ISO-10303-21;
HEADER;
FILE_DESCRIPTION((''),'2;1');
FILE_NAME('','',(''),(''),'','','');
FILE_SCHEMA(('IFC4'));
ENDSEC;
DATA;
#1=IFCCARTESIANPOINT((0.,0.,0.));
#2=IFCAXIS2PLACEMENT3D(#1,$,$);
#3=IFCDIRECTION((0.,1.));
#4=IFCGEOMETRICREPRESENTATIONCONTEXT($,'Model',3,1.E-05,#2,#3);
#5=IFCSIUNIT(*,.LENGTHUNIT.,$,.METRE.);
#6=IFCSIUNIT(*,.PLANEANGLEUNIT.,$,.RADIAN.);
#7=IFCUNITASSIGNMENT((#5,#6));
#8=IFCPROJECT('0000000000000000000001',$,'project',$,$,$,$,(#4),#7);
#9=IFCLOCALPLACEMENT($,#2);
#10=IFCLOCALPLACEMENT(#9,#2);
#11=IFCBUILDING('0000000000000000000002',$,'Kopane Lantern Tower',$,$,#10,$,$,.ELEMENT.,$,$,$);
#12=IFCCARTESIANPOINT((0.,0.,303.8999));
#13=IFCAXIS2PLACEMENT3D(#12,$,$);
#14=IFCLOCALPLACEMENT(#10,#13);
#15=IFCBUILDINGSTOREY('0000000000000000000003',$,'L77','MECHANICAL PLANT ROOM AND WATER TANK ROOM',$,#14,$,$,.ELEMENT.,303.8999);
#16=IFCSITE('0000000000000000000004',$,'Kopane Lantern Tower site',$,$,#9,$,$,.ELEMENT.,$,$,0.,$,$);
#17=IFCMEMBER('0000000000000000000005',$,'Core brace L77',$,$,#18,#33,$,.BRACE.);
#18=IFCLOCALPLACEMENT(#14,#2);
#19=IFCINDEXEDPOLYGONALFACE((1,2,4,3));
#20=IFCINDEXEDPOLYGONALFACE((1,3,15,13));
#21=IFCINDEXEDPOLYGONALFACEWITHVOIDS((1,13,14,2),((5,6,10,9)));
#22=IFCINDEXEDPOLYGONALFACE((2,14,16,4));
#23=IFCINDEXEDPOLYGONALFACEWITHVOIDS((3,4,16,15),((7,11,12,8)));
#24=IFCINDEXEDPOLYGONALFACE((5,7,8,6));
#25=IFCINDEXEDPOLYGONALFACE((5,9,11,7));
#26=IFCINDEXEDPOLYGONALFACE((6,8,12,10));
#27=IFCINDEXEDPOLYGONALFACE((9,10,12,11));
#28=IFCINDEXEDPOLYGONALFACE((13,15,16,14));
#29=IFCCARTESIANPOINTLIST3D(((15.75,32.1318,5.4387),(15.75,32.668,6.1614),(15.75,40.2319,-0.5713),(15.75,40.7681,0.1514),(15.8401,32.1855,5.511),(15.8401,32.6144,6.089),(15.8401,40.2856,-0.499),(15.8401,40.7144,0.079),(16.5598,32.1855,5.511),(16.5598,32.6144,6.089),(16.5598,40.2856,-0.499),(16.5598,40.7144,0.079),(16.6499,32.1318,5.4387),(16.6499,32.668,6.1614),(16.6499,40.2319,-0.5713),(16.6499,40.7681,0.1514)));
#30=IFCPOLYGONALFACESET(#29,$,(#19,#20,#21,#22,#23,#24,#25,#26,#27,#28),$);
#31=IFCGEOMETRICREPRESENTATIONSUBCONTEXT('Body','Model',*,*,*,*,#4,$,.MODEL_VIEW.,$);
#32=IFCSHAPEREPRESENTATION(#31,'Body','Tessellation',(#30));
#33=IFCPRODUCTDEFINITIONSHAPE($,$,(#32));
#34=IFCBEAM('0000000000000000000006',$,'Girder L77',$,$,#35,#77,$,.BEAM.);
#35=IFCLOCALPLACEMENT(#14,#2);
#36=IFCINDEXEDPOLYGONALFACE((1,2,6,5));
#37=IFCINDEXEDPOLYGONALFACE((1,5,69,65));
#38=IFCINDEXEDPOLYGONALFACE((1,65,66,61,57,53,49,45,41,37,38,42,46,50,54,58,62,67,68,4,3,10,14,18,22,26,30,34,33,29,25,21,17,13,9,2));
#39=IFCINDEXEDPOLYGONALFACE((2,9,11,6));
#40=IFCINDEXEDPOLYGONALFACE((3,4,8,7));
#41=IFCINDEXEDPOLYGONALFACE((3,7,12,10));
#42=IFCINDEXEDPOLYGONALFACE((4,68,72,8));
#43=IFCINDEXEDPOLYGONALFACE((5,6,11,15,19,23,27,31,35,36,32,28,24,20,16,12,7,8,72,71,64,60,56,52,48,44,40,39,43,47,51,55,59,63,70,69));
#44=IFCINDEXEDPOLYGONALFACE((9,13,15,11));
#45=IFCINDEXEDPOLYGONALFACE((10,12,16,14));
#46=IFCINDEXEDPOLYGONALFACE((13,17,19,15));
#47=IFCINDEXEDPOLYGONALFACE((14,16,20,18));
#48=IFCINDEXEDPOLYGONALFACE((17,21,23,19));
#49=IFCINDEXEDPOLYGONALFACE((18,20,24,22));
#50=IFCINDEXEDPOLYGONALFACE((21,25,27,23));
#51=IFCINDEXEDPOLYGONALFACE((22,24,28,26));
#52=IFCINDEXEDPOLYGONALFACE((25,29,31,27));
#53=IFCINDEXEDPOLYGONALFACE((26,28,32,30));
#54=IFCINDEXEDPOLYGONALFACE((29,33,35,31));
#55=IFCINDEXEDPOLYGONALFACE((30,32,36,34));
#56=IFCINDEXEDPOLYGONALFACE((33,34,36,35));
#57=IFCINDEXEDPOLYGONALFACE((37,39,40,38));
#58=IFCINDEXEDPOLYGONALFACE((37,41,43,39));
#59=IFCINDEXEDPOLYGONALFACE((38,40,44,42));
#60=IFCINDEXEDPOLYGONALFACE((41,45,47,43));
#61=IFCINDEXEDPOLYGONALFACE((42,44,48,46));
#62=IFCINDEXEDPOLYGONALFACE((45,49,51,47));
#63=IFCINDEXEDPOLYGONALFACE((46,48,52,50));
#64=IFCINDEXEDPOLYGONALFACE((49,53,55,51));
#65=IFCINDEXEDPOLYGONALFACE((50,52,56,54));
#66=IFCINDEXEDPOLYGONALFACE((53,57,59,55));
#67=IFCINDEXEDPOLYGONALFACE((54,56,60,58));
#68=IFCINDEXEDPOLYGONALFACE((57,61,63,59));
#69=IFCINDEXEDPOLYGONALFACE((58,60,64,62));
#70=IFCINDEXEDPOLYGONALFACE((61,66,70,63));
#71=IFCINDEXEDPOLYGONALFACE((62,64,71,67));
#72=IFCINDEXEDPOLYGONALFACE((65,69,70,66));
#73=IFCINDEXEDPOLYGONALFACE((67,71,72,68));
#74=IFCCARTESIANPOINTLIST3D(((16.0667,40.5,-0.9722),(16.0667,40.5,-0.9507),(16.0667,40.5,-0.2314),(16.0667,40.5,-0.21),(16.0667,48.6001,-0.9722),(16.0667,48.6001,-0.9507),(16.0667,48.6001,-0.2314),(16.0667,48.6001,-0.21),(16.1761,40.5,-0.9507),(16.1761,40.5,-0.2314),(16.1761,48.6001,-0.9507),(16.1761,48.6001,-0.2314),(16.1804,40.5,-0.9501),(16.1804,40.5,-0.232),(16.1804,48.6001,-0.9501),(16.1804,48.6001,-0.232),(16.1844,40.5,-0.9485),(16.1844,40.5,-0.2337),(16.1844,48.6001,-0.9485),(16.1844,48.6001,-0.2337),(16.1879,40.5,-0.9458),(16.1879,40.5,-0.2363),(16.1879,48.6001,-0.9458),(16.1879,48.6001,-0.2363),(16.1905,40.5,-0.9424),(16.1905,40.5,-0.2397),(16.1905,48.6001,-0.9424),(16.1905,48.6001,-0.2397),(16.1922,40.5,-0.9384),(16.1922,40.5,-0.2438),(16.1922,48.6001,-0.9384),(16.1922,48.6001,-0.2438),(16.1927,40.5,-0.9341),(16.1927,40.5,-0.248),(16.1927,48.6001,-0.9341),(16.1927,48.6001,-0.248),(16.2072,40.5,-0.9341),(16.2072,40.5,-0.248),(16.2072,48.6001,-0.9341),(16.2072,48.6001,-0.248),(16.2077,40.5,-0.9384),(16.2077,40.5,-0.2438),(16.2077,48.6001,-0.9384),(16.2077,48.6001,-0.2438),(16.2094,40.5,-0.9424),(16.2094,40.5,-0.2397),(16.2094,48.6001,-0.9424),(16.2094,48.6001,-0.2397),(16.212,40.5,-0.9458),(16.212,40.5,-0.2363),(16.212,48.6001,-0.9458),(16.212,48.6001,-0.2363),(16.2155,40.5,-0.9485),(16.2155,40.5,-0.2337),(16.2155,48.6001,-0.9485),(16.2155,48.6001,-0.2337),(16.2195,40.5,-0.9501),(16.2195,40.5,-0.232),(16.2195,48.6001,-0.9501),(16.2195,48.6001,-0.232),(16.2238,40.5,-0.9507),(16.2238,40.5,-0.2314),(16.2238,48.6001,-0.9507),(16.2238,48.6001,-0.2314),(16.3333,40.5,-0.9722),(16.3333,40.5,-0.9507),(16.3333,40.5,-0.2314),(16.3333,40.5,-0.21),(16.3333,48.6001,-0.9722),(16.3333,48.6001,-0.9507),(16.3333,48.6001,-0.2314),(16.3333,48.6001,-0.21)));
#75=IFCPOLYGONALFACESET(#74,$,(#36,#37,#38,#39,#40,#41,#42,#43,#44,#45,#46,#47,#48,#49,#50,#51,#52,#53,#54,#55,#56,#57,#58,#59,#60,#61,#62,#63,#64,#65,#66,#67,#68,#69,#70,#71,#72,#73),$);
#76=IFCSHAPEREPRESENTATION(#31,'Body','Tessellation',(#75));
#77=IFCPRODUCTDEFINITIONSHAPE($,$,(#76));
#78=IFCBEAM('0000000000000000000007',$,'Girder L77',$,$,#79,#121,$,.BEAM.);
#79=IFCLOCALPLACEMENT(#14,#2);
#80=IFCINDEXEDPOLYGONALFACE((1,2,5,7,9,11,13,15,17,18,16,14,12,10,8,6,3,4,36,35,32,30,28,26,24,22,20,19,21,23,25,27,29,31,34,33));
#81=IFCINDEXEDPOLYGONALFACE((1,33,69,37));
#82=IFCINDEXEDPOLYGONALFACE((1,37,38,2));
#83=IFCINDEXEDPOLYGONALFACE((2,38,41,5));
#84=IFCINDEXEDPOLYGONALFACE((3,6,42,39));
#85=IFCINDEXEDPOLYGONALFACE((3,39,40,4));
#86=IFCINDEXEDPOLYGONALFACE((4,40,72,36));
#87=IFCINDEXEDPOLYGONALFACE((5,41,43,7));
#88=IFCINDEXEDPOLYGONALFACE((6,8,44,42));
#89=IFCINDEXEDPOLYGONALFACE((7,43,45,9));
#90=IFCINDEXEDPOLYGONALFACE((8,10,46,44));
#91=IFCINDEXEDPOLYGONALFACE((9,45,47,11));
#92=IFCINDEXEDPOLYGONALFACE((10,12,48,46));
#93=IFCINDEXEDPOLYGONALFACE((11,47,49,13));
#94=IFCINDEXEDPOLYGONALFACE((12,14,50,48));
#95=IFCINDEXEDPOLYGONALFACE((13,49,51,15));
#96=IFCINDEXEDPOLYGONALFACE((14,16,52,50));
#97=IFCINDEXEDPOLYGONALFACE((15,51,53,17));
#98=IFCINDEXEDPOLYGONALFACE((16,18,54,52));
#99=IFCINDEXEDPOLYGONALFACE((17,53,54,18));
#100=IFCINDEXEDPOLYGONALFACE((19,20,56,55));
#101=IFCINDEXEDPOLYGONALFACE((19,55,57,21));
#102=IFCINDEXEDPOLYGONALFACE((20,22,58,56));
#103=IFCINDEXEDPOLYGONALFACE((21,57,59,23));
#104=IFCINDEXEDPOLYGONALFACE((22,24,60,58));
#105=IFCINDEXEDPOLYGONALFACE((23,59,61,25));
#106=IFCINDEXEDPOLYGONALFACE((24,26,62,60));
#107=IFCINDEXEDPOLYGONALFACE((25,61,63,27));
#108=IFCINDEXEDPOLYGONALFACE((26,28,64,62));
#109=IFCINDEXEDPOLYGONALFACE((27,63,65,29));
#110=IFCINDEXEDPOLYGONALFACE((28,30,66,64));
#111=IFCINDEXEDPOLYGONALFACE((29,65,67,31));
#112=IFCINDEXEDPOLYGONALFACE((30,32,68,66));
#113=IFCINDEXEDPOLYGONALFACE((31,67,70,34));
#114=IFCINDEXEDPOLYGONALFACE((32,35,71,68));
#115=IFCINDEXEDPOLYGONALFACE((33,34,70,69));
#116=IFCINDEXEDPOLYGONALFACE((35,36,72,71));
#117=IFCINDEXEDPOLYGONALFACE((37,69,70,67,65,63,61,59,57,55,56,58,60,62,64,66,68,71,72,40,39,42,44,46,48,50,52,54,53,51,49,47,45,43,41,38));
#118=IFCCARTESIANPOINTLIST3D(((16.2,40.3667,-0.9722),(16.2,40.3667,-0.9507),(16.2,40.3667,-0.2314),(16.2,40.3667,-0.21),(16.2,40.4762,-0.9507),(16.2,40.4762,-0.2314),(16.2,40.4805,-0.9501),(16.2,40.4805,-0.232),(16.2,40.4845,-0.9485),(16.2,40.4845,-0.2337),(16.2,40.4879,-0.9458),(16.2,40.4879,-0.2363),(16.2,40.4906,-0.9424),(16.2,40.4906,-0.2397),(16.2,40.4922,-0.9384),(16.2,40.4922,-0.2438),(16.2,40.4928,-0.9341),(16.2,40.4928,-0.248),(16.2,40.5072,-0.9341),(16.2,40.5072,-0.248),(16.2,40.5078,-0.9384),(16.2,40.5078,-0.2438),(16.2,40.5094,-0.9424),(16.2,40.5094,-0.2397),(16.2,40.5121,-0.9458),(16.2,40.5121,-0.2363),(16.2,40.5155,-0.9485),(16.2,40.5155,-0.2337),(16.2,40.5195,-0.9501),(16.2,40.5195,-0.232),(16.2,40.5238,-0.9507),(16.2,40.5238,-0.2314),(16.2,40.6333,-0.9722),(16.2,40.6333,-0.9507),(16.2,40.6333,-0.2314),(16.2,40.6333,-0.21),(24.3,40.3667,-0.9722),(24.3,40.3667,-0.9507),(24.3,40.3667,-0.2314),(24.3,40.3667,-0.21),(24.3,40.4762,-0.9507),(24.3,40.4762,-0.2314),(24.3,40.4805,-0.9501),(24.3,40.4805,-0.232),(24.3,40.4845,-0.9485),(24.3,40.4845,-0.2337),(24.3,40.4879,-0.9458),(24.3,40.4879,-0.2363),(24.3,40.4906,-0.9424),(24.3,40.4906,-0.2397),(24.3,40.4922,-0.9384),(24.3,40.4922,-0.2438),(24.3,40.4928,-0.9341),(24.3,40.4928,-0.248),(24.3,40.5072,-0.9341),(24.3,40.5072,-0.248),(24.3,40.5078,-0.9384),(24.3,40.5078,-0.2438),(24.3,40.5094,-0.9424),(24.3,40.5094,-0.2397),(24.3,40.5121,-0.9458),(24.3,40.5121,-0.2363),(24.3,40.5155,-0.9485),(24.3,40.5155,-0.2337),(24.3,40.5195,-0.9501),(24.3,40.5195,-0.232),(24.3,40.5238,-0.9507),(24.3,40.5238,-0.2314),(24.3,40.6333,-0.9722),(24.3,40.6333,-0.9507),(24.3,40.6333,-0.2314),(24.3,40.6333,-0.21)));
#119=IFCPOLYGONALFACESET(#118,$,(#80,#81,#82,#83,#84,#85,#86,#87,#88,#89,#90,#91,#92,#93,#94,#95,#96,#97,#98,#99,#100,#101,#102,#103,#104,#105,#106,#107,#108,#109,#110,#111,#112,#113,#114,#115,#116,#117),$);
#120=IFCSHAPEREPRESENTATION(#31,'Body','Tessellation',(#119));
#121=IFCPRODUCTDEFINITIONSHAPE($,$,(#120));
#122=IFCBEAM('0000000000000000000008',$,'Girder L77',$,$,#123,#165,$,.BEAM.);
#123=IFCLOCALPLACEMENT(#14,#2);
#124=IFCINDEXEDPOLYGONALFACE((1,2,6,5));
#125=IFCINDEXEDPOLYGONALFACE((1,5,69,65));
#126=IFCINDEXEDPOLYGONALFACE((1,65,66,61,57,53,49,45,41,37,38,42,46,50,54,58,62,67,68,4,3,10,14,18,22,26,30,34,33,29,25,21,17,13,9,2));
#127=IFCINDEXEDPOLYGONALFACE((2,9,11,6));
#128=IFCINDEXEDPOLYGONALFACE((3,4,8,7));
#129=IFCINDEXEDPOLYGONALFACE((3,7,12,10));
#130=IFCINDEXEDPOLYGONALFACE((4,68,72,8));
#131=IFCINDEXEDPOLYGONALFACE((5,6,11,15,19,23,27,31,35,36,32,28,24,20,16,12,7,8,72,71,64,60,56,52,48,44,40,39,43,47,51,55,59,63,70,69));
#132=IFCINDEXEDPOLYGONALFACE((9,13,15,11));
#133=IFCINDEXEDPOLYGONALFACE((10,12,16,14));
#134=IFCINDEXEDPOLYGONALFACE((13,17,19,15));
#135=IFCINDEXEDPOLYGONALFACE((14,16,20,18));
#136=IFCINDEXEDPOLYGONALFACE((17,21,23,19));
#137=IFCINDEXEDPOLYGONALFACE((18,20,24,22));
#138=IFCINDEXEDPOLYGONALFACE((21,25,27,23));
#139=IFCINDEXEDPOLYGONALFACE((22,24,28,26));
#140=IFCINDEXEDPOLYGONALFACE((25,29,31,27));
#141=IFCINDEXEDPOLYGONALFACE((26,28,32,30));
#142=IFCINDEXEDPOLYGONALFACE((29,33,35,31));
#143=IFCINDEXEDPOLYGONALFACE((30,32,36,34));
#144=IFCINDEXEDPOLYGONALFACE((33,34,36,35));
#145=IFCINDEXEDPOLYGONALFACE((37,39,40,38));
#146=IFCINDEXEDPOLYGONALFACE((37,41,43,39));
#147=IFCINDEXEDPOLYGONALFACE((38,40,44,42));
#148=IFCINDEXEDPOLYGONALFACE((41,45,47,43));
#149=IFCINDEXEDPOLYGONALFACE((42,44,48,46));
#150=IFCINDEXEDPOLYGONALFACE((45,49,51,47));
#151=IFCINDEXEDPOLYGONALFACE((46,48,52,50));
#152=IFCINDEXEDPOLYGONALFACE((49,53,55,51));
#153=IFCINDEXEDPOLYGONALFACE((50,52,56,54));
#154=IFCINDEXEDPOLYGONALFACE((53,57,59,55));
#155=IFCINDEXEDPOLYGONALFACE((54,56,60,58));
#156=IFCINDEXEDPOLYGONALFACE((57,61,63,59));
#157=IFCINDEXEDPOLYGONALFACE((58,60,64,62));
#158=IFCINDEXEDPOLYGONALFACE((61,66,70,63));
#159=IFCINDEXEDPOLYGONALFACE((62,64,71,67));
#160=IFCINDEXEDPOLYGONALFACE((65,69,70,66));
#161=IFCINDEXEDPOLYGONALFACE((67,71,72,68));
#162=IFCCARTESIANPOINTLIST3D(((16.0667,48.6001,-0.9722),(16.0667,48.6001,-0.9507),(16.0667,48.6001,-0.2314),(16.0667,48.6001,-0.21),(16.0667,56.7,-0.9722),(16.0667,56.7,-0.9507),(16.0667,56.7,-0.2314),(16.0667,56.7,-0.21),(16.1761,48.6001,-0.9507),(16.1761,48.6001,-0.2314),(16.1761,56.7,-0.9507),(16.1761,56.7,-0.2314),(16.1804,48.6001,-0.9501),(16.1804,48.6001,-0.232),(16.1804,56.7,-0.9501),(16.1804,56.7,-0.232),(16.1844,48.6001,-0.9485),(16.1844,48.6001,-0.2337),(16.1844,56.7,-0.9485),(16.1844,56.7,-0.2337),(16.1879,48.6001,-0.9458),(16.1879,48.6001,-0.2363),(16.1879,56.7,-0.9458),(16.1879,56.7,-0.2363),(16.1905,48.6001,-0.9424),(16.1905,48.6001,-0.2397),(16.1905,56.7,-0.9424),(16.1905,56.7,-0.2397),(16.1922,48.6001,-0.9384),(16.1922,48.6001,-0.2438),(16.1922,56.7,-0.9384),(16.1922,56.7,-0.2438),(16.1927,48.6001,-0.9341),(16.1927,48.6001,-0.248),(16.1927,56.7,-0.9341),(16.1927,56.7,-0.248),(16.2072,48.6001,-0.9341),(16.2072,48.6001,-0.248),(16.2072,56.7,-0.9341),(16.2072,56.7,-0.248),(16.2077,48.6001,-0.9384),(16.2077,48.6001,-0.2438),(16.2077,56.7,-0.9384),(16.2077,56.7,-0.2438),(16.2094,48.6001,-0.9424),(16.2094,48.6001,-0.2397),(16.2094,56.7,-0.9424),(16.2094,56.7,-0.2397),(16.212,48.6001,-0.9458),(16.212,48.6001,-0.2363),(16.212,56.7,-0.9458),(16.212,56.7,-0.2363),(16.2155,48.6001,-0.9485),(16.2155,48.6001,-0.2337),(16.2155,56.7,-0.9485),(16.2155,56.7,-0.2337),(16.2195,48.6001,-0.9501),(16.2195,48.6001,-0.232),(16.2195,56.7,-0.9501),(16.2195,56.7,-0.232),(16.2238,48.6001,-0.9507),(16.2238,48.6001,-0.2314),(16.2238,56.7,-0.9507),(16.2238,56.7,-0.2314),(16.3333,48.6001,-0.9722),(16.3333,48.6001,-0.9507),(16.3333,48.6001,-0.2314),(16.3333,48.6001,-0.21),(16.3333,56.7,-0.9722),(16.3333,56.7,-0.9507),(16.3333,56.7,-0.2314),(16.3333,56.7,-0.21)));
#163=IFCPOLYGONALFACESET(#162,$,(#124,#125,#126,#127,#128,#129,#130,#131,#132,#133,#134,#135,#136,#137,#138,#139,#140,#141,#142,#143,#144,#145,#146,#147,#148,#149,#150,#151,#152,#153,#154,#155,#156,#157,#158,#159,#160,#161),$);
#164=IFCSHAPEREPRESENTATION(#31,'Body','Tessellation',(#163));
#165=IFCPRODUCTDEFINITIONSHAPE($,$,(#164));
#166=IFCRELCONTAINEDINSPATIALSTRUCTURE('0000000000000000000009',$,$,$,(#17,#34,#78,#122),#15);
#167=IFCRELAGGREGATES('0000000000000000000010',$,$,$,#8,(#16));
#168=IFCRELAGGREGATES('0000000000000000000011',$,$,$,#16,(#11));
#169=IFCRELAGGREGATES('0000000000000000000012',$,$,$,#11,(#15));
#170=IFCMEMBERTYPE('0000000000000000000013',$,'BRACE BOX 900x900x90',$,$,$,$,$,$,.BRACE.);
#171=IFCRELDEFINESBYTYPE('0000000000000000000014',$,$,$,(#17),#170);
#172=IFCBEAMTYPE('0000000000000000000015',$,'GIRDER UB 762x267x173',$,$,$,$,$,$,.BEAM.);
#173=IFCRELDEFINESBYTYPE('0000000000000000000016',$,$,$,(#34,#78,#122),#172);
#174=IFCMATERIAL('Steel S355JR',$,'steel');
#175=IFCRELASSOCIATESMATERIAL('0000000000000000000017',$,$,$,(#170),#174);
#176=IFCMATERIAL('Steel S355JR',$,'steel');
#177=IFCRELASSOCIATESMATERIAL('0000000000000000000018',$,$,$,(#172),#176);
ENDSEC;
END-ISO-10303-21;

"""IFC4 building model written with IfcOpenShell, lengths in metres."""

from ifc_helpers import new_model, si_unit, direction, frame, origin, origin_2d, place, context, subcontext, project, spatial, hollow_rectangle, i_section, extrude, material, material_profile, profile_set, type_object, element, save


model = new_model("IFC4")

# Units and contexts
model_context = context("Model", 3, precision=1e-05, world=origin(), true_north=direction((0.0, 1.0)))
body_context = subcontext(model_context, "Body", "Model", "MODEL_VIEW")
ifc_project = project(units=[si_unit("LENGTHUNIT", "METRE"), si_unit("PLANEANGLEUNIT", "RADIAN")], contexts=[model_context])

# Site, building, storey
site_placement = place(None, origin())
site = spatial("IfcSite", under=ifc_project, at=site_placement, Name="Kopane Lantern Tower site", CompositionType="ELEMENT", RefElevation=0.0)
building_placement = place(site_placement, origin())
building = spatial("IfcBuilding", under=site, at=building_placement, Name="Kopane Lantern Tower", CompositionType="ELEMENT")
storey_placement = place(building_placement, frame((0.0, 0.0, 303.8999)))
storey = spatial("IfcBuildingStorey", under=building, at=storey_placement, Name="L77", Description="MECHANICAL PLANT ROOM AND WATER TANK ROOM", CompositionType="ELEMENT", Elevation=303.8999)

# Member
ifc_material_1 = material(Name="Steel S355JR", Category="steel")
ifc_material_profile_1 = material_profile(ifc_material_1, hollow_rectangle(XDim=0.8999, YDim=0.8999, WallThickness=0.0901, at=origin_2d()), Name="BOX 900x900x90")
ifc_profile_set_1 = profile_set([ifc_material_profile_1], Name="Steel S355JR")
member_type_1 = type_object("IfcMemberType", Name="BRACE BOX 900x900x90", PredefinedType="BRACE", material=ifc_profile_set_1)
member_1_placement = place(storey_placement, frame((16.2, 40.5, -0.21), z_axis=(0.0, -0.803086, 0.595864), x_axis=(1.0, 0.0, 0.0)))
element("IfcMember", 1, at=member_1_placement, inside=storey, type_object=member_type_1, Name="Core brace L77", PredefinedType="BRACE", context=body_context, shape_type="SweptSolid", body=[
    extrude(hollow_rectangle(XDim=0.8999, YDim=0.8999, WallThickness=0.0901, at=origin_2d()), origin(), (0.0, 0.0, 1.0), 10.0862),
])

# Beams
ifc_material_2 = material(Name="Steel S355JR", Category="steel")
ifc_material_profile_2 = material_profile(ifc_material_2, i_section(OverallWidth=0.2666, OverallDepth=0.7622, WebThickness=0.0144, FlangeThickness=0.0215, FilletRadius=0.0166, at=origin_2d()), Name="UB 762x267x173")
ifc_profile_set_2 = profile_set([ifc_material_profile_2], Name="Steel S355JR")
beam_type_1 = type_object("IfcBeamType", Name="GIRDER UB 762x267x173", PredefinedType="BEAM", material=ifc_profile_set_2)
for number, where, z_axis, x_axis, name in (
    (2, (16.2, 40.5, -0.5911), (0.0, 1.0, 0.0), (-1.0, 0.0, 0.0), "Girder L77"),
    (3, (16.2, 40.5, -0.5911), (1.0, 0.0, 0.0), (0.0, 1.0, 0.0), "Girder L77"),
):
    element("IfcBeam", number, at=place(storey_placement, frame(where, z_axis=z_axis, x_axis=x_axis)), inside=storey, type_object=beam_type_1, Name=name, PredefinedType="BEAM", context=body_context, shape_type="SweptSolid", body=[
        extrude(i_section(OverallWidth=0.2666, OverallDepth=0.7622, WebThickness=0.0144, FlangeThickness=0.0215, FilletRadius=0.0166, at=origin_2d()), origin(), (0.0, 0.0, 1.0), 8.1001),
    ])
beam_1_placement = place(storey_placement, frame((16.2, 48.6001, -0.5911), z_axis=(0.0, 1.0, 0.0), x_axis=(-1.0, 0.0, 0.0)))
element("IfcBeam", 4, at=beam_1_placement, inside=storey, type_object=beam_type_1, Name="Girder L77", PredefinedType="BEAM", context=body_context, shape_type="SweptSolid", body=[
    extrude(i_section(OverallWidth=0.2666, OverallDepth=0.7622, WebThickness=0.0144, FlangeThickness=0.0215, FilletRadius=0.0166, at=origin_2d()), origin(), (0.0, 0.0, 1.0), 8.0999),
])

save(model, "model.ifc")
